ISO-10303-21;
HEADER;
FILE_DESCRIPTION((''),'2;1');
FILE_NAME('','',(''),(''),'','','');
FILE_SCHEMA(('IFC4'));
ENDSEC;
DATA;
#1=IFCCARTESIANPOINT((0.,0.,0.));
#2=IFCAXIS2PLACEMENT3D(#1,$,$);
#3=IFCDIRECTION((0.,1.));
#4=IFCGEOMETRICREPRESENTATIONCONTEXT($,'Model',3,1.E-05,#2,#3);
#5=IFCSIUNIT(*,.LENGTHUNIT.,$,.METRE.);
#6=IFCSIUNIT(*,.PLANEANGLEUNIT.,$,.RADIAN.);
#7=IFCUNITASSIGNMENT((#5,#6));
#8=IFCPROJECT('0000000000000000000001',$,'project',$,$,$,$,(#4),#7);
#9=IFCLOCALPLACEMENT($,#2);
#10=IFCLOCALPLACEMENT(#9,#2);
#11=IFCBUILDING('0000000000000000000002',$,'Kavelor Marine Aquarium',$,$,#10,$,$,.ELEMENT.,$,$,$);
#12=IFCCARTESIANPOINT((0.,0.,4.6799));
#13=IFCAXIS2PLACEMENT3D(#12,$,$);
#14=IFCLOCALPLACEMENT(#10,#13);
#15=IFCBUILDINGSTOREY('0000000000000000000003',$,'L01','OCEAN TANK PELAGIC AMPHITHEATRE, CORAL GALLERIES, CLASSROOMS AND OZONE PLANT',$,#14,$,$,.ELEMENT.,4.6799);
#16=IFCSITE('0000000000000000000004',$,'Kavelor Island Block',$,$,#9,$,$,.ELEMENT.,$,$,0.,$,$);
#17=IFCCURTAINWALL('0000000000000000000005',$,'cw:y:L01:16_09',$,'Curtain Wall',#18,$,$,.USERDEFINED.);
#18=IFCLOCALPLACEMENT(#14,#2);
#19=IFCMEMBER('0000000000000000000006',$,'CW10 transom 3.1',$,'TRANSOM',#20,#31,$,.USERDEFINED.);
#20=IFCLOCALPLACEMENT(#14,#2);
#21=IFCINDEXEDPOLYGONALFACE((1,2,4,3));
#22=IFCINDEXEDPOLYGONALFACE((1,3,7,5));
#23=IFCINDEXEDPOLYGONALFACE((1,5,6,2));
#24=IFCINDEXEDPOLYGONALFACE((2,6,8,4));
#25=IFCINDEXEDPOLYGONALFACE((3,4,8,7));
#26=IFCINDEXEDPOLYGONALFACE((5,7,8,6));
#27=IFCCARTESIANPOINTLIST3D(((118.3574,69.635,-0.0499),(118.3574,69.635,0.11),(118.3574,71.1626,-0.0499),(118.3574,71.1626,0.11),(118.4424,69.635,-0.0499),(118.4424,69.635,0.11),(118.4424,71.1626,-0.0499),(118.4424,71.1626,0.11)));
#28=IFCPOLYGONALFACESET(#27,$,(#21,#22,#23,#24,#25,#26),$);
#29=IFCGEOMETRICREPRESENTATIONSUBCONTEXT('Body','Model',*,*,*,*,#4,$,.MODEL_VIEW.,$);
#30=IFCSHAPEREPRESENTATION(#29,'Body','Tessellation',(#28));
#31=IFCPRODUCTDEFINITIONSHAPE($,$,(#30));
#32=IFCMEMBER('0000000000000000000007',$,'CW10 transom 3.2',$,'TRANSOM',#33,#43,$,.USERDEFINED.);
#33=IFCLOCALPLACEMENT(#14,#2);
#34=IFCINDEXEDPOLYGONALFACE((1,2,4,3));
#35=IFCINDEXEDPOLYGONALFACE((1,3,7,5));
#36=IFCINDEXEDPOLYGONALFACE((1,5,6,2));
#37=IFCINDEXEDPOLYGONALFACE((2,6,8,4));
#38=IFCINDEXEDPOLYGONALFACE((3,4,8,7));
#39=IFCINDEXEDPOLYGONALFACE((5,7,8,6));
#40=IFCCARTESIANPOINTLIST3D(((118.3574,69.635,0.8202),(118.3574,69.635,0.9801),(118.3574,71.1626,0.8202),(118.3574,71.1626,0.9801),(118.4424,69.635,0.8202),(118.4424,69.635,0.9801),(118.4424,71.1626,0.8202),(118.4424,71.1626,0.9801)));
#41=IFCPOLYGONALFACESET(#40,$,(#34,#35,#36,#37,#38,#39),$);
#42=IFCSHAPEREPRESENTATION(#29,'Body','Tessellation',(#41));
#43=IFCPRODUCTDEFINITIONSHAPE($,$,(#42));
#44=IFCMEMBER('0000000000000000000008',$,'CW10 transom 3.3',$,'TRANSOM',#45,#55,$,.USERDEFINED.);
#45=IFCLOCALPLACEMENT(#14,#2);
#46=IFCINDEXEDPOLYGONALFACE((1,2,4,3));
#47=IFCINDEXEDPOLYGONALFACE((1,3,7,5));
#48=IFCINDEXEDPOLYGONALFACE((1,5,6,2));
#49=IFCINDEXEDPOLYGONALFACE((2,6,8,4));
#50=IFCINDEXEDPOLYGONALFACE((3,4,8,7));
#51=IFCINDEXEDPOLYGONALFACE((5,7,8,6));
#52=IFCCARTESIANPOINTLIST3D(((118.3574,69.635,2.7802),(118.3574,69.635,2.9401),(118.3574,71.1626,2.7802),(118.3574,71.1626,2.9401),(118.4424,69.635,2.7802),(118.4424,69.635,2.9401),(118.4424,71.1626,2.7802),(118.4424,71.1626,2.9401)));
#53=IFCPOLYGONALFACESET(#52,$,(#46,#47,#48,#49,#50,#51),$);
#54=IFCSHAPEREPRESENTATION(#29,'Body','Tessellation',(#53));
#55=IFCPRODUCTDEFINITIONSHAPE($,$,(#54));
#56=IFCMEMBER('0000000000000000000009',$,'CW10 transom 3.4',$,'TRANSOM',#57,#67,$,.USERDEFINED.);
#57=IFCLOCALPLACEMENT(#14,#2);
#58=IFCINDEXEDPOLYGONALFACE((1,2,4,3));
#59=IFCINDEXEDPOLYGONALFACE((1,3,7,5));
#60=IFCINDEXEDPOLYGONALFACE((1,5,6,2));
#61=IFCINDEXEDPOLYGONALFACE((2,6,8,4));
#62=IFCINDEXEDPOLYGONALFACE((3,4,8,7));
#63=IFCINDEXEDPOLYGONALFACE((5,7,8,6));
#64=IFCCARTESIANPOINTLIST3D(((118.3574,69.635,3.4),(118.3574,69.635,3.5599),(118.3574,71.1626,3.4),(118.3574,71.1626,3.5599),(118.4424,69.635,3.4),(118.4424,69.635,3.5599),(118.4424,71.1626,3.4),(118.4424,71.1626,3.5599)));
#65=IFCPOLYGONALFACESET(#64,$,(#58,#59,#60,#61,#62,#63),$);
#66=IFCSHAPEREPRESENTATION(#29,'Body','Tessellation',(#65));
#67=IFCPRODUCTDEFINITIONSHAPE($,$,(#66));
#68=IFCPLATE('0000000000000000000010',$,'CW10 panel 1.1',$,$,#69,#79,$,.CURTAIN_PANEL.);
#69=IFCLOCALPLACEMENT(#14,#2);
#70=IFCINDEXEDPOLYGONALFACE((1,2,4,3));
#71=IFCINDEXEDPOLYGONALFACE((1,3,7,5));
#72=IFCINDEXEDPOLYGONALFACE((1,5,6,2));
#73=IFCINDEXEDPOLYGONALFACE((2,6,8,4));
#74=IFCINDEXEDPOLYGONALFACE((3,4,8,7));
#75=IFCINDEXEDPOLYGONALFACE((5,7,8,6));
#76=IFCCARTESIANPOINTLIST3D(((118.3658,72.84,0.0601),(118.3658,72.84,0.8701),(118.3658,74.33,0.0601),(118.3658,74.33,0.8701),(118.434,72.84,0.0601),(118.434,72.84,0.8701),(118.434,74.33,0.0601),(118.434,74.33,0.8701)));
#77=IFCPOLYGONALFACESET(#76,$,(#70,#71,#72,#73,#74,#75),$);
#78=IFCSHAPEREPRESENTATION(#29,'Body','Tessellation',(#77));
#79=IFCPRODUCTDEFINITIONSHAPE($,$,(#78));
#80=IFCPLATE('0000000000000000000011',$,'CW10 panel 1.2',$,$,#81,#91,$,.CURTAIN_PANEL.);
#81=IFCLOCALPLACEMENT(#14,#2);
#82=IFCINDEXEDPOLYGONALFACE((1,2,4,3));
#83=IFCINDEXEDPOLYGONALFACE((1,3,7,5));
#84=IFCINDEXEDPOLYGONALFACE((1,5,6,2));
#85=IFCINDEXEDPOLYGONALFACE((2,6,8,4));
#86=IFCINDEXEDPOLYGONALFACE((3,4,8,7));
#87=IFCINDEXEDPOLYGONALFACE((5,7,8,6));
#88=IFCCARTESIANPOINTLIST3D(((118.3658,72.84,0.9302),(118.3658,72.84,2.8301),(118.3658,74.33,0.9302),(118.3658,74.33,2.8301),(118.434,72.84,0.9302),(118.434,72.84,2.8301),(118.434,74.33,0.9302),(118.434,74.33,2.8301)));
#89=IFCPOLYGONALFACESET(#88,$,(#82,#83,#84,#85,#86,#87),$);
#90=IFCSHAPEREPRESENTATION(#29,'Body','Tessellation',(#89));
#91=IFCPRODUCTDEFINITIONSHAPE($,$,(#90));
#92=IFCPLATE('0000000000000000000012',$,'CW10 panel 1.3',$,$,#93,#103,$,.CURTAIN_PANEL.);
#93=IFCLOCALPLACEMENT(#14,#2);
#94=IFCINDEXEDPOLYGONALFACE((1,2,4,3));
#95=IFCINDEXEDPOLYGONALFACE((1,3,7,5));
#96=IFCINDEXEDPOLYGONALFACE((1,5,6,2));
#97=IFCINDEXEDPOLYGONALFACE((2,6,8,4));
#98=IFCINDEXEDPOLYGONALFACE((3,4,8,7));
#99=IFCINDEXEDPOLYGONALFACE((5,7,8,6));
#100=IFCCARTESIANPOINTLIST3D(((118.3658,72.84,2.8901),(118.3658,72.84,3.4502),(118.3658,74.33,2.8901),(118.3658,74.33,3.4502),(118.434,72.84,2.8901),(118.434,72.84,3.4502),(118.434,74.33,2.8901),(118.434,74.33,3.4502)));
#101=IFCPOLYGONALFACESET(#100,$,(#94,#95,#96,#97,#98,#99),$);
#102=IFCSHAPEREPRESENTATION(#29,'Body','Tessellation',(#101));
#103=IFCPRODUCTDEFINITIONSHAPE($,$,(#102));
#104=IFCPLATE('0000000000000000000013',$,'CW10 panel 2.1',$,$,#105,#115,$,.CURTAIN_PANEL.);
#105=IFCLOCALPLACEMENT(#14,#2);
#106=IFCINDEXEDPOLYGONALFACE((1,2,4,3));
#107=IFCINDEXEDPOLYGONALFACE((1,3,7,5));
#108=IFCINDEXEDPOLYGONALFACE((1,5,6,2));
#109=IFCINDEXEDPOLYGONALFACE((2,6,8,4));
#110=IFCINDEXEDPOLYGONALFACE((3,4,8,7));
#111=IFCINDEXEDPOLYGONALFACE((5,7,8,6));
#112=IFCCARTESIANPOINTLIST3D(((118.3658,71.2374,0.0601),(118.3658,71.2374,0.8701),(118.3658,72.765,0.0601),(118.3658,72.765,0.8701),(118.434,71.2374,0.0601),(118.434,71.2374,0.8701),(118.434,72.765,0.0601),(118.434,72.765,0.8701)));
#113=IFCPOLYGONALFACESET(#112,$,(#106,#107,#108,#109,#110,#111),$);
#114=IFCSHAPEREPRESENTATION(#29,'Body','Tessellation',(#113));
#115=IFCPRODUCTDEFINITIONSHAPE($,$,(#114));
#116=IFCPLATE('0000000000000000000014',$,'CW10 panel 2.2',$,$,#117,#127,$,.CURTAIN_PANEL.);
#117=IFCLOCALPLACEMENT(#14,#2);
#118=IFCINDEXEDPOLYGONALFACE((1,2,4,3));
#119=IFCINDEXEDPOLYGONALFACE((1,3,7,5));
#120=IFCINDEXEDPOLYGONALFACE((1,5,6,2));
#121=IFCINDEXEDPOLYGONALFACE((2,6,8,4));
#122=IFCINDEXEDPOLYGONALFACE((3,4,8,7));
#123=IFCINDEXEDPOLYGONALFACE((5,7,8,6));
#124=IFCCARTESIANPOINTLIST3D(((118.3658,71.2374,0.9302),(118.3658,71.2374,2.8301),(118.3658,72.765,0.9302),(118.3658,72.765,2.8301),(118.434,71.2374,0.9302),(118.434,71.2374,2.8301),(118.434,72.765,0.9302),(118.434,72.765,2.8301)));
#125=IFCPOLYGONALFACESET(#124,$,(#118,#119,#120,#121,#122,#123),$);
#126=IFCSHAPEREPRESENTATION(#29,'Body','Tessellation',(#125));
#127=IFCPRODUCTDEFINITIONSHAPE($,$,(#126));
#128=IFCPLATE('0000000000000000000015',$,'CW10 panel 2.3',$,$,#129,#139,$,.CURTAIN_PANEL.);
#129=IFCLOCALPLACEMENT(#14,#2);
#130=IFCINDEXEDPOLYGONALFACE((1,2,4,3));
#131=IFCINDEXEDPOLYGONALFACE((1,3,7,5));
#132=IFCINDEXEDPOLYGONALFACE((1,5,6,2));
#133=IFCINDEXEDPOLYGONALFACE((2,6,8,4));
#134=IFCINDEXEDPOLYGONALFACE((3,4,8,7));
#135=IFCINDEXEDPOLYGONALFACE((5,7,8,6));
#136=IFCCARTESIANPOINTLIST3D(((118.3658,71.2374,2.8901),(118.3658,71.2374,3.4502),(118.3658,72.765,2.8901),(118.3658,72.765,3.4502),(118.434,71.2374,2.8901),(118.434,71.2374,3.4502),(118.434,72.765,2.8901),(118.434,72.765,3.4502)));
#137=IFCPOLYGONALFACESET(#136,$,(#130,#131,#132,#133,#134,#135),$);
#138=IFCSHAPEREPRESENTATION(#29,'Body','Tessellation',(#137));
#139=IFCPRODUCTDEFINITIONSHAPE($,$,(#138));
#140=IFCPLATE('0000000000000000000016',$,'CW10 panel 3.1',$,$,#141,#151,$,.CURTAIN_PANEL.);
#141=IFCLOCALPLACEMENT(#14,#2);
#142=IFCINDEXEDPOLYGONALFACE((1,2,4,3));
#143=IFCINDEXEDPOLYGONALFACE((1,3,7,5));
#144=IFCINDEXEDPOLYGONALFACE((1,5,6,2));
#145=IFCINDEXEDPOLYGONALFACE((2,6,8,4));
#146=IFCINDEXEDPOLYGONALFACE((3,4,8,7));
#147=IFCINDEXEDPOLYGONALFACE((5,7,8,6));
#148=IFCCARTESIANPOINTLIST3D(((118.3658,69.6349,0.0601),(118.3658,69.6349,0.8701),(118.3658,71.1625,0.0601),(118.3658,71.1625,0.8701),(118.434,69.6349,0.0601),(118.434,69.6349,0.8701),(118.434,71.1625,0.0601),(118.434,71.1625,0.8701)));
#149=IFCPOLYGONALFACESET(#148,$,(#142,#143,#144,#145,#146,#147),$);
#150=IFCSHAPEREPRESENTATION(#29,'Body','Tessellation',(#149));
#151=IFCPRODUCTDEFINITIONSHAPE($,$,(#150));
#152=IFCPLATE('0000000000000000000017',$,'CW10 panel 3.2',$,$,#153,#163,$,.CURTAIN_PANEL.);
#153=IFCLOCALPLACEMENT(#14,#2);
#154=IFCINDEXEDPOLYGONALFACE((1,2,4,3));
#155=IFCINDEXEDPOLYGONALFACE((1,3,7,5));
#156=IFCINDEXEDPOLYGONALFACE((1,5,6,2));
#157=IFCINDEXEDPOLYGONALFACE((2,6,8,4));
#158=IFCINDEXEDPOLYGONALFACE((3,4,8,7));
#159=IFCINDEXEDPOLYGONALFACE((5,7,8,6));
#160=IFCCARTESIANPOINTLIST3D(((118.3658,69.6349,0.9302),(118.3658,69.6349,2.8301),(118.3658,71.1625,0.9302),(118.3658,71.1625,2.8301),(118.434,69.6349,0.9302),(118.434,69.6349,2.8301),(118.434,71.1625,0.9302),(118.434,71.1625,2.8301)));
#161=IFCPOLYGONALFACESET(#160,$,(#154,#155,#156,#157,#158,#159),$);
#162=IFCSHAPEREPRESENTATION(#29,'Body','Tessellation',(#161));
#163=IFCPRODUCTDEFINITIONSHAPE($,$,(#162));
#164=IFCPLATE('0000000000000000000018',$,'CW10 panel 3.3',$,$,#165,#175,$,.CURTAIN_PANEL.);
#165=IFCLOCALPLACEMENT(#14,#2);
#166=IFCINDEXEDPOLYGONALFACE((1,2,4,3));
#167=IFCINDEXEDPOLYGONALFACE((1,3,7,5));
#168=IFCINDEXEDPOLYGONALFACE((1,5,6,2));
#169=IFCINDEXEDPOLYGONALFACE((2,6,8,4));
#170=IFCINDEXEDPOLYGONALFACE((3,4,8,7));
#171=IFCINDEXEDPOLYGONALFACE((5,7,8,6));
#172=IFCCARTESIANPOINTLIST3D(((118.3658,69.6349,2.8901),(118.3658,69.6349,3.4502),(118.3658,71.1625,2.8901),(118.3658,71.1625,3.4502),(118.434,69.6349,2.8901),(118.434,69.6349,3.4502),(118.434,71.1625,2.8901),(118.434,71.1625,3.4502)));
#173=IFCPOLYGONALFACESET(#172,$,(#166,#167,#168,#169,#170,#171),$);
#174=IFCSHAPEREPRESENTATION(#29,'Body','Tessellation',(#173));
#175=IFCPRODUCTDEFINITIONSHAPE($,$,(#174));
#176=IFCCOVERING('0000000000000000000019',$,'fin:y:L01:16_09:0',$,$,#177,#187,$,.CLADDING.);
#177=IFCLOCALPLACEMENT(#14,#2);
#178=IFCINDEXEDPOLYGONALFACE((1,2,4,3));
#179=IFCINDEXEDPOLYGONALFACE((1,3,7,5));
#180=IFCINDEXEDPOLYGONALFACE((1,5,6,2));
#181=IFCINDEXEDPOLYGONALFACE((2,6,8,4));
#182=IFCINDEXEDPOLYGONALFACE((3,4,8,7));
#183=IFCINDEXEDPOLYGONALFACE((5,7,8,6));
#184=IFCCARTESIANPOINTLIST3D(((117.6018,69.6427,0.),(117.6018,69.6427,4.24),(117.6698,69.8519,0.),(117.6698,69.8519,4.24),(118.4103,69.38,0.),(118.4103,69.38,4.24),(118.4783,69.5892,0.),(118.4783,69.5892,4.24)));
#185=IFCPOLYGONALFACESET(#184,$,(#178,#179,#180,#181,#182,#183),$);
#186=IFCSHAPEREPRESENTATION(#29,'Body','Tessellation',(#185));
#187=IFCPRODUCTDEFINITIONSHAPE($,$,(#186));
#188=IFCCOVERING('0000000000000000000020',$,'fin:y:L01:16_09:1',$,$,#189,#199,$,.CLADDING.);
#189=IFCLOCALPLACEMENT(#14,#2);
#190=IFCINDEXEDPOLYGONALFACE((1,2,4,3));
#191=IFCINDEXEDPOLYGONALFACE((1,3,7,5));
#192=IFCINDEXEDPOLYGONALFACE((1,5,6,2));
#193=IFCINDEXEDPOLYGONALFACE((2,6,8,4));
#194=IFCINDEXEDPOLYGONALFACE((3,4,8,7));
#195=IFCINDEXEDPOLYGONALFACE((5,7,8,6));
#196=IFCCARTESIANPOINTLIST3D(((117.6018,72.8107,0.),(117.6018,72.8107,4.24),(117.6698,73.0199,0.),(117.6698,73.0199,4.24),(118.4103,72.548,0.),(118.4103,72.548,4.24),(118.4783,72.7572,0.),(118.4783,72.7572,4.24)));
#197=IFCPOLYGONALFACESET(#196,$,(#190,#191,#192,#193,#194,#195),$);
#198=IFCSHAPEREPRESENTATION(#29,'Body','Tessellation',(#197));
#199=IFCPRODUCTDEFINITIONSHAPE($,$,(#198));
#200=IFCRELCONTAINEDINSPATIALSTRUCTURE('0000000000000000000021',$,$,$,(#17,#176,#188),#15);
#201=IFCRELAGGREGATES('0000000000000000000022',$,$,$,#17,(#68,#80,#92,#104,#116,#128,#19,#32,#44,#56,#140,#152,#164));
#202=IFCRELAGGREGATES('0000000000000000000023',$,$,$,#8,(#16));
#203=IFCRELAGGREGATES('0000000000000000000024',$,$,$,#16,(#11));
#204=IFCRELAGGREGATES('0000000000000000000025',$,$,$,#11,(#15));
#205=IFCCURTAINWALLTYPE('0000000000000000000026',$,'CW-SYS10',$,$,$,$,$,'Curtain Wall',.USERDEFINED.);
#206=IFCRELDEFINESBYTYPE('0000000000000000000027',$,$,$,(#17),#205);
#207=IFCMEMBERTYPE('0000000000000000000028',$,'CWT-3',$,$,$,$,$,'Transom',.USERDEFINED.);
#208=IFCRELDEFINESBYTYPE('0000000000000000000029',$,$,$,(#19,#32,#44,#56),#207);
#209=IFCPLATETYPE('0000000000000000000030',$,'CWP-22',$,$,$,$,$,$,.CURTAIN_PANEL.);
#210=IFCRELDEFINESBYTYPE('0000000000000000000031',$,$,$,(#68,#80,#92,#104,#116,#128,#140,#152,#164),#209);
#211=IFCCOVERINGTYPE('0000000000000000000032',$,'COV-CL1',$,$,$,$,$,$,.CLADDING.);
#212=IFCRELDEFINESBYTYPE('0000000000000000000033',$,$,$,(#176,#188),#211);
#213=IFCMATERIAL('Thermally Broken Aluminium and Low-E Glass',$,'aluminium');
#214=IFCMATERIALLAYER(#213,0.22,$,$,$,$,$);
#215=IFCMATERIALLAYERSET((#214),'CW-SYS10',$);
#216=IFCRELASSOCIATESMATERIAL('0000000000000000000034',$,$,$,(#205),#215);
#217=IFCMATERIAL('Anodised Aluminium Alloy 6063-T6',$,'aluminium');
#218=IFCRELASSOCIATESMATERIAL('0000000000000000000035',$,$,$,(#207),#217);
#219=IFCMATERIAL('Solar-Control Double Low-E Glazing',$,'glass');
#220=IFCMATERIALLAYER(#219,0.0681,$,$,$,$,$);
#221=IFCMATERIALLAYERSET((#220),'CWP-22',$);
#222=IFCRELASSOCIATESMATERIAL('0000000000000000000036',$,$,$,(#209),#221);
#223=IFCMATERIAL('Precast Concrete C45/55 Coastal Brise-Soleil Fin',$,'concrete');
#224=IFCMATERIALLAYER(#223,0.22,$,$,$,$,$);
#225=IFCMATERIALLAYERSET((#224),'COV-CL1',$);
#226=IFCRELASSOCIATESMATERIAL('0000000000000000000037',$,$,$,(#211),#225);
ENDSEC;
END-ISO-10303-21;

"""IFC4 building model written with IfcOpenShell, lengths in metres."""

from ifc_helpers import new_model, si_unit, direction, frame, origin, origin_2d, place, context, subcontext, project, spatial, rectangle, extrude, material, layer, layer_set, material_profile, profile_set, type_object, element, aggregate, save


model = new_model("IFC4")

# Units and contexts
model_context = context("Model", 3, precision=1e-05, world=origin(), true_north=direction((0.0, 1.0)))
body_context = subcontext(model_context, "Body", "Model", "MODEL_VIEW")
ifc_project = project(units=[si_unit("LENGTHUNIT", "METRE"), si_unit("PLANEANGLEUNIT", "RADIAN")], contexts=[model_context])

# Site, building, storey
site_placement = place(None, origin())
site = spatial("IfcSite", under=ifc_project, at=site_placement, Name="Kavelor Island Block", CompositionType="ELEMENT", RefElevation=0.0)
building_placement = place(site_placement, origin())
building = spatial("IfcBuilding", under=site, at=building_placement, Name="Kavelor Marine Aquarium", CompositionType="ELEMENT")
storey_placement = place(building_placement, frame((0.0, 0.0, 4.6799)))
storey = spatial("IfcBuildingStorey", under=building, at=storey_placement, Name="L01", Description="OCEAN TANK PELAGIC AMPHITHEATRE, CORAL GALLERIES, CLASSROOMS AND OZONE PLANT", CompositionType="ELEMENT", Elevation=4.6799)

# Curtain wall, members, plates
ifc_material_1 = material(Name="Thermally Broken Aluminium and Low-E Glass", Category="aluminium")
ifc_layer_1 = layer(ifc_material_1, 0.22)
ifc_layer_set_1 = layer_set([ifc_layer_1], Name="CW-SYS10")
curtain_wall_type = type_object("IfcCurtainWallType", Name="CW-SYS10", ElementType="Curtain Wall", PredefinedType="USERDEFINED", material=ifc_layer_set_1)
curtain_wall_placement = place(storey_placement, origin())
curtain_wall = element("IfcCurtainWall", 1, at=curtain_wall_placement, inside=storey, type_object=curtain_wall_type, Name="cw:y:L01:16_09", ObjectType="Curtain Wall", PredefinedType="USERDEFINED")
ifc_material_2 = material(Name="Anodised Aluminium Alloy 6063-T6", Category="aluminium")
ifc_material_profile_1 = material_profile(ifc_material_2, rectangle(XDim=0.085, YDim=0.1599, at=origin_2d()), Name="CW-TRN 85x160")
ifc_profile_set_1 = profile_set([ifc_material_profile_1], Name="Anodised Aluminium Alloy 6063-T6")
member_type_1 = type_object("IfcMemberType", Name="CWT-3", ElementType="Transom", PredefinedType="USERDEFINED", material=ifc_profile_set_1)
member_1_placement = place(storey_placement, frame((118.3999, 71.1626, 0.03), z_axis=(0.0, -1.0, 0.0), x_axis=(1.0, 0.0, 0.0)))
member_1 = element("IfcMember", 2, at=member_1_placement, type_object=member_type_1, Name="CW10 transom 3.1", ObjectType="TRANSOM", PredefinedType="USERDEFINED", context=body_context, shape_type="SweptSolid", body=[
    extrude(rectangle(XDim=0.085, YDim=0.1599, at=origin_2d()), origin(), (0.0, 0.0, 1.0), 1.5276),
])
member_2_placement = place(storey_placement, frame((118.3999, 71.1626, 0.9001), z_axis=(0.0, -1.0, 0.0), x_axis=(1.0, 0.0, 0.0)))
member_2 = element("IfcMember", 3, at=member_2_placement, type_object=member_type_1, Name="CW10 transom 3.2", ObjectType="TRANSOM", PredefinedType="USERDEFINED", context=body_context, shape_type="SweptSolid", body=[
    extrude(rectangle(XDim=0.085, YDim=0.1599, at=origin_2d()), origin(), (0.0, 0.0, 1.0), 1.5276),
])
member_3_placement = place(storey_placement, frame((118.3999, 71.1626, 2.8601), z_axis=(0.0, -1.0, 0.0), x_axis=(1.0, 0.0, 0.0)))
member_3 = element("IfcMember", 4, at=member_3_placement, type_object=member_type_1, Name="CW10 transom 3.3", ObjectType="TRANSOM", PredefinedType="USERDEFINED", context=body_context, shape_type="SweptSolid", body=[
    extrude(rectangle(XDim=0.085, YDim=0.1599, at=origin_2d()), origin(), (0.0, 0.0, 1.0), 1.5276),
])
member_4_placement = place(storey_placement, frame((118.3999, 71.1626, 3.48), z_axis=(0.0, -1.0, 0.0), x_axis=(1.0, 0.0, 0.0)))
member_4 = element("IfcMember", 5, at=member_4_placement, type_object=member_type_1, Name="CW10 transom 3.4", ObjectType="TRANSOM", PredefinedType="USERDEFINED", context=body_context, shape_type="SweptSolid", body=[
    extrude(rectangle(XDim=0.085, YDim=0.1599, at=origin_2d()), origin(), (0.0, 0.0, 1.0), 1.5276),
])
ifc_material_3 = material(Name="Solar-Control Double Low-E Glazing", Category="glass")
ifc_layer_2 = layer(ifc_material_3, 0.0681)
ifc_layer_set_2 = layer_set([ifc_layer_2], Name="CWP-22")
plate_type = type_object("IfcPlateType", Name="CWP-22", PredefinedType="CURTAIN_PANEL", material=ifc_layer_set_2)
plate_1_placement = place(storey_placement, frame((118.3999, 73.585, 0.0601), z_axis=(0.0, 0.0, 1.0), x_axis=(0.0, -1.0, 0.0)))
plate_1 = element("IfcPlate", 6, at=plate_1_placement, type_object=plate_type, Name="CW10 panel 1.1", PredefinedType="CURTAIN_PANEL", context=body_context, shape_type="SweptSolid", body=[
    extrude(rectangle(XDim=1.49, YDim=0.0681, at=origin_2d()), origin(), (0.0, 0.0, 1.0), 0.8101),
])
plate_2_placement = place(storey_placement, frame((118.3999, 73.585, 0.9302), z_axis=(0.0, 0.0, 1.0), x_axis=(0.0, -1.0, 0.0)))
plate_2 = element("IfcPlate", 7, at=plate_2_placement, type_object=plate_type, Name="CW10 panel 1.2", PredefinedType="CURTAIN_PANEL", context=body_context, shape_type="SweptSolid", body=[
    extrude(rectangle(XDim=1.49, YDim=0.0681, at=origin_2d()), origin(), (0.0, 0.0, 1.0), 1.8999),
])
plate_3_placement = place(storey_placement, frame((118.3999, 73.585, 2.8901), z_axis=(0.0, 0.0, 1.0), x_axis=(0.0, -1.0, 0.0)))
plate_3 = element("IfcPlate", 8, at=plate_3_placement, type_object=plate_type, Name="CW10 panel 1.3", PredefinedType="CURTAIN_PANEL", context=body_context, shape_type="SweptSolid", body=[
    extrude(rectangle(XDim=1.49, YDim=0.0681, at=origin_2d()), origin(), (0.0, 0.0, 1.0), 0.5601),
])
plate_4_placement = place(storey_placement, frame((118.3999, 72.0012, 0.0601), z_axis=(0.0, 0.0, 1.0), x_axis=(0.0, -1.0, 0.0)))
plate_4 = element("IfcPlate", 9, at=plate_4_placement, type_object=plate_type, Name="CW10 panel 2.1", PredefinedType="CURTAIN_PANEL", context=body_context, shape_type="SweptSolid", body=[
    extrude(rectangle(XDim=1.5276, YDim=0.0681, at=origin_2d()), origin(), (0.0, 0.0, 1.0), 0.8101),
])
plate_5_placement = place(storey_placement, frame((118.3999, 72.0012, 0.9302), z_axis=(0.0, 0.0, 1.0), x_axis=(0.0, -1.0, 0.0)))
plate_5 = element("IfcPlate", 10, at=plate_5_placement, type_object=plate_type, Name="CW10 panel 2.2", PredefinedType="CURTAIN_PANEL", context=body_context, shape_type="SweptSolid", body=[
    extrude(rectangle(XDim=1.5276, YDim=0.0681, at=origin_2d()), origin(), (0.0, 0.0, 1.0), 1.8999),
])
plate_6_placement = place(storey_placement, frame((118.3999, 72.0012, 2.8901), z_axis=(0.0, 0.0, 1.0), x_axis=(0.0, -1.0, 0.0)))
plate_6 = element("IfcPlate", 11, at=plate_6_placement, type_object=plate_type, Name="CW10 panel 2.3", PredefinedType="CURTAIN_PANEL", context=body_context, shape_type="SweptSolid", body=[
    extrude(rectangle(XDim=1.5276, YDim=0.0681, at=origin_2d()), origin(), (0.0, 0.0, 1.0), 0.5601),
])
plate_7_placement = place(storey_placement, frame((118.3999, 70.3987, 0.0601), z_axis=(0.0, 0.0, 1.0), x_axis=(0.0, -1.0, 0.0)))
plate_7 = element("IfcPlate", 12, at=plate_7_placement, type_object=plate_type, Name="CW10 panel 3.1", PredefinedType="CURTAIN_PANEL", context=body_context, shape_type="SweptSolid", body=[
    extrude(rectangle(XDim=1.5276, YDim=0.0681, at=origin_2d()), origin(), (0.0, 0.0, 1.0), 0.8101),
])
plate_8_placement = place(storey_placement, frame((118.3999, 70.3987, 0.9302), z_axis=(0.0, 0.0, 1.0), x_axis=(0.0, -1.0, 0.0)))
plate_8 = element("IfcPlate", 13, at=plate_8_placement, type_object=plate_type, Name="CW10 panel 3.2", PredefinedType="CURTAIN_PANEL", context=body_context, shape_type="SweptSolid", body=[
    extrude(rectangle(XDim=1.5276, YDim=0.0681, at=origin_2d()), origin(), (0.0, 0.0, 1.0), 1.8999),
])
plate_9_placement = place(storey_placement, frame((118.3999, 70.3987, 2.8901), z_axis=(0.0, 0.0, 1.0), x_axis=(0.0, -1.0, 0.0)))
plate_9 = element("IfcPlate", 14, at=plate_9_placement, type_object=plate_type, Name="CW10 panel 3.3", PredefinedType="CURTAIN_PANEL", context=body_context, shape_type="SweptSolid", body=[
    extrude(rectangle(XDim=1.5276, YDim=0.0681, at=origin_2d()), origin(), (0.0, 0.0, 1.0), 0.5601),
])
aggregate(curtain_wall, [plate_1, plate_2, plate_3, plate_4, plate_5, plate_6, member_1, member_2, member_3, member_4, plate_7, plate_8, plate_9])

# Coverings
ifc_material_4 = material(Name="Precast Concrete C45/55 Coastal Brise-Soleil Fin", Category="concrete")
ifc_layer_3 = layer(ifc_material_4, 0.22)
ifc_layer_set_3 = layer_set([ifc_layer_3], Name="COV-CL1")
covering_type = type_object("IfcCoveringType", Name="COV-CL1", PredefinedType="CLADDING", material=ifc_layer_set_3)
for number, where, z_axis, x_axis, name in (
    (15, (118.04, 69.616, 0.0), (0.0, 0.0, 1.0), (0.951057, -0.309017, 0.0), "fin:y:L01:16_09:0"),
    (16, (118.04, 72.7839, 0.0), (0.0, 0.0, 1.0), (0.951057, -0.309017, 0.0), "fin:y:L01:16_09:1"),
):
    element("IfcCovering", number, at=place(storey_placement, frame(where, z_axis=z_axis, x_axis=x_axis)), inside=storey, type_object=covering_type, Name=name, PredefinedType="CLADDING", context=body_context, shape_type="SweptSolid", body=[
        extrude(rectangle(XDim=0.8501, YDim=0.22, at=origin_2d()), origin(), (0.0, 0.0, 1.0), 4.24),
    ])

save(model, "model.ifc")
